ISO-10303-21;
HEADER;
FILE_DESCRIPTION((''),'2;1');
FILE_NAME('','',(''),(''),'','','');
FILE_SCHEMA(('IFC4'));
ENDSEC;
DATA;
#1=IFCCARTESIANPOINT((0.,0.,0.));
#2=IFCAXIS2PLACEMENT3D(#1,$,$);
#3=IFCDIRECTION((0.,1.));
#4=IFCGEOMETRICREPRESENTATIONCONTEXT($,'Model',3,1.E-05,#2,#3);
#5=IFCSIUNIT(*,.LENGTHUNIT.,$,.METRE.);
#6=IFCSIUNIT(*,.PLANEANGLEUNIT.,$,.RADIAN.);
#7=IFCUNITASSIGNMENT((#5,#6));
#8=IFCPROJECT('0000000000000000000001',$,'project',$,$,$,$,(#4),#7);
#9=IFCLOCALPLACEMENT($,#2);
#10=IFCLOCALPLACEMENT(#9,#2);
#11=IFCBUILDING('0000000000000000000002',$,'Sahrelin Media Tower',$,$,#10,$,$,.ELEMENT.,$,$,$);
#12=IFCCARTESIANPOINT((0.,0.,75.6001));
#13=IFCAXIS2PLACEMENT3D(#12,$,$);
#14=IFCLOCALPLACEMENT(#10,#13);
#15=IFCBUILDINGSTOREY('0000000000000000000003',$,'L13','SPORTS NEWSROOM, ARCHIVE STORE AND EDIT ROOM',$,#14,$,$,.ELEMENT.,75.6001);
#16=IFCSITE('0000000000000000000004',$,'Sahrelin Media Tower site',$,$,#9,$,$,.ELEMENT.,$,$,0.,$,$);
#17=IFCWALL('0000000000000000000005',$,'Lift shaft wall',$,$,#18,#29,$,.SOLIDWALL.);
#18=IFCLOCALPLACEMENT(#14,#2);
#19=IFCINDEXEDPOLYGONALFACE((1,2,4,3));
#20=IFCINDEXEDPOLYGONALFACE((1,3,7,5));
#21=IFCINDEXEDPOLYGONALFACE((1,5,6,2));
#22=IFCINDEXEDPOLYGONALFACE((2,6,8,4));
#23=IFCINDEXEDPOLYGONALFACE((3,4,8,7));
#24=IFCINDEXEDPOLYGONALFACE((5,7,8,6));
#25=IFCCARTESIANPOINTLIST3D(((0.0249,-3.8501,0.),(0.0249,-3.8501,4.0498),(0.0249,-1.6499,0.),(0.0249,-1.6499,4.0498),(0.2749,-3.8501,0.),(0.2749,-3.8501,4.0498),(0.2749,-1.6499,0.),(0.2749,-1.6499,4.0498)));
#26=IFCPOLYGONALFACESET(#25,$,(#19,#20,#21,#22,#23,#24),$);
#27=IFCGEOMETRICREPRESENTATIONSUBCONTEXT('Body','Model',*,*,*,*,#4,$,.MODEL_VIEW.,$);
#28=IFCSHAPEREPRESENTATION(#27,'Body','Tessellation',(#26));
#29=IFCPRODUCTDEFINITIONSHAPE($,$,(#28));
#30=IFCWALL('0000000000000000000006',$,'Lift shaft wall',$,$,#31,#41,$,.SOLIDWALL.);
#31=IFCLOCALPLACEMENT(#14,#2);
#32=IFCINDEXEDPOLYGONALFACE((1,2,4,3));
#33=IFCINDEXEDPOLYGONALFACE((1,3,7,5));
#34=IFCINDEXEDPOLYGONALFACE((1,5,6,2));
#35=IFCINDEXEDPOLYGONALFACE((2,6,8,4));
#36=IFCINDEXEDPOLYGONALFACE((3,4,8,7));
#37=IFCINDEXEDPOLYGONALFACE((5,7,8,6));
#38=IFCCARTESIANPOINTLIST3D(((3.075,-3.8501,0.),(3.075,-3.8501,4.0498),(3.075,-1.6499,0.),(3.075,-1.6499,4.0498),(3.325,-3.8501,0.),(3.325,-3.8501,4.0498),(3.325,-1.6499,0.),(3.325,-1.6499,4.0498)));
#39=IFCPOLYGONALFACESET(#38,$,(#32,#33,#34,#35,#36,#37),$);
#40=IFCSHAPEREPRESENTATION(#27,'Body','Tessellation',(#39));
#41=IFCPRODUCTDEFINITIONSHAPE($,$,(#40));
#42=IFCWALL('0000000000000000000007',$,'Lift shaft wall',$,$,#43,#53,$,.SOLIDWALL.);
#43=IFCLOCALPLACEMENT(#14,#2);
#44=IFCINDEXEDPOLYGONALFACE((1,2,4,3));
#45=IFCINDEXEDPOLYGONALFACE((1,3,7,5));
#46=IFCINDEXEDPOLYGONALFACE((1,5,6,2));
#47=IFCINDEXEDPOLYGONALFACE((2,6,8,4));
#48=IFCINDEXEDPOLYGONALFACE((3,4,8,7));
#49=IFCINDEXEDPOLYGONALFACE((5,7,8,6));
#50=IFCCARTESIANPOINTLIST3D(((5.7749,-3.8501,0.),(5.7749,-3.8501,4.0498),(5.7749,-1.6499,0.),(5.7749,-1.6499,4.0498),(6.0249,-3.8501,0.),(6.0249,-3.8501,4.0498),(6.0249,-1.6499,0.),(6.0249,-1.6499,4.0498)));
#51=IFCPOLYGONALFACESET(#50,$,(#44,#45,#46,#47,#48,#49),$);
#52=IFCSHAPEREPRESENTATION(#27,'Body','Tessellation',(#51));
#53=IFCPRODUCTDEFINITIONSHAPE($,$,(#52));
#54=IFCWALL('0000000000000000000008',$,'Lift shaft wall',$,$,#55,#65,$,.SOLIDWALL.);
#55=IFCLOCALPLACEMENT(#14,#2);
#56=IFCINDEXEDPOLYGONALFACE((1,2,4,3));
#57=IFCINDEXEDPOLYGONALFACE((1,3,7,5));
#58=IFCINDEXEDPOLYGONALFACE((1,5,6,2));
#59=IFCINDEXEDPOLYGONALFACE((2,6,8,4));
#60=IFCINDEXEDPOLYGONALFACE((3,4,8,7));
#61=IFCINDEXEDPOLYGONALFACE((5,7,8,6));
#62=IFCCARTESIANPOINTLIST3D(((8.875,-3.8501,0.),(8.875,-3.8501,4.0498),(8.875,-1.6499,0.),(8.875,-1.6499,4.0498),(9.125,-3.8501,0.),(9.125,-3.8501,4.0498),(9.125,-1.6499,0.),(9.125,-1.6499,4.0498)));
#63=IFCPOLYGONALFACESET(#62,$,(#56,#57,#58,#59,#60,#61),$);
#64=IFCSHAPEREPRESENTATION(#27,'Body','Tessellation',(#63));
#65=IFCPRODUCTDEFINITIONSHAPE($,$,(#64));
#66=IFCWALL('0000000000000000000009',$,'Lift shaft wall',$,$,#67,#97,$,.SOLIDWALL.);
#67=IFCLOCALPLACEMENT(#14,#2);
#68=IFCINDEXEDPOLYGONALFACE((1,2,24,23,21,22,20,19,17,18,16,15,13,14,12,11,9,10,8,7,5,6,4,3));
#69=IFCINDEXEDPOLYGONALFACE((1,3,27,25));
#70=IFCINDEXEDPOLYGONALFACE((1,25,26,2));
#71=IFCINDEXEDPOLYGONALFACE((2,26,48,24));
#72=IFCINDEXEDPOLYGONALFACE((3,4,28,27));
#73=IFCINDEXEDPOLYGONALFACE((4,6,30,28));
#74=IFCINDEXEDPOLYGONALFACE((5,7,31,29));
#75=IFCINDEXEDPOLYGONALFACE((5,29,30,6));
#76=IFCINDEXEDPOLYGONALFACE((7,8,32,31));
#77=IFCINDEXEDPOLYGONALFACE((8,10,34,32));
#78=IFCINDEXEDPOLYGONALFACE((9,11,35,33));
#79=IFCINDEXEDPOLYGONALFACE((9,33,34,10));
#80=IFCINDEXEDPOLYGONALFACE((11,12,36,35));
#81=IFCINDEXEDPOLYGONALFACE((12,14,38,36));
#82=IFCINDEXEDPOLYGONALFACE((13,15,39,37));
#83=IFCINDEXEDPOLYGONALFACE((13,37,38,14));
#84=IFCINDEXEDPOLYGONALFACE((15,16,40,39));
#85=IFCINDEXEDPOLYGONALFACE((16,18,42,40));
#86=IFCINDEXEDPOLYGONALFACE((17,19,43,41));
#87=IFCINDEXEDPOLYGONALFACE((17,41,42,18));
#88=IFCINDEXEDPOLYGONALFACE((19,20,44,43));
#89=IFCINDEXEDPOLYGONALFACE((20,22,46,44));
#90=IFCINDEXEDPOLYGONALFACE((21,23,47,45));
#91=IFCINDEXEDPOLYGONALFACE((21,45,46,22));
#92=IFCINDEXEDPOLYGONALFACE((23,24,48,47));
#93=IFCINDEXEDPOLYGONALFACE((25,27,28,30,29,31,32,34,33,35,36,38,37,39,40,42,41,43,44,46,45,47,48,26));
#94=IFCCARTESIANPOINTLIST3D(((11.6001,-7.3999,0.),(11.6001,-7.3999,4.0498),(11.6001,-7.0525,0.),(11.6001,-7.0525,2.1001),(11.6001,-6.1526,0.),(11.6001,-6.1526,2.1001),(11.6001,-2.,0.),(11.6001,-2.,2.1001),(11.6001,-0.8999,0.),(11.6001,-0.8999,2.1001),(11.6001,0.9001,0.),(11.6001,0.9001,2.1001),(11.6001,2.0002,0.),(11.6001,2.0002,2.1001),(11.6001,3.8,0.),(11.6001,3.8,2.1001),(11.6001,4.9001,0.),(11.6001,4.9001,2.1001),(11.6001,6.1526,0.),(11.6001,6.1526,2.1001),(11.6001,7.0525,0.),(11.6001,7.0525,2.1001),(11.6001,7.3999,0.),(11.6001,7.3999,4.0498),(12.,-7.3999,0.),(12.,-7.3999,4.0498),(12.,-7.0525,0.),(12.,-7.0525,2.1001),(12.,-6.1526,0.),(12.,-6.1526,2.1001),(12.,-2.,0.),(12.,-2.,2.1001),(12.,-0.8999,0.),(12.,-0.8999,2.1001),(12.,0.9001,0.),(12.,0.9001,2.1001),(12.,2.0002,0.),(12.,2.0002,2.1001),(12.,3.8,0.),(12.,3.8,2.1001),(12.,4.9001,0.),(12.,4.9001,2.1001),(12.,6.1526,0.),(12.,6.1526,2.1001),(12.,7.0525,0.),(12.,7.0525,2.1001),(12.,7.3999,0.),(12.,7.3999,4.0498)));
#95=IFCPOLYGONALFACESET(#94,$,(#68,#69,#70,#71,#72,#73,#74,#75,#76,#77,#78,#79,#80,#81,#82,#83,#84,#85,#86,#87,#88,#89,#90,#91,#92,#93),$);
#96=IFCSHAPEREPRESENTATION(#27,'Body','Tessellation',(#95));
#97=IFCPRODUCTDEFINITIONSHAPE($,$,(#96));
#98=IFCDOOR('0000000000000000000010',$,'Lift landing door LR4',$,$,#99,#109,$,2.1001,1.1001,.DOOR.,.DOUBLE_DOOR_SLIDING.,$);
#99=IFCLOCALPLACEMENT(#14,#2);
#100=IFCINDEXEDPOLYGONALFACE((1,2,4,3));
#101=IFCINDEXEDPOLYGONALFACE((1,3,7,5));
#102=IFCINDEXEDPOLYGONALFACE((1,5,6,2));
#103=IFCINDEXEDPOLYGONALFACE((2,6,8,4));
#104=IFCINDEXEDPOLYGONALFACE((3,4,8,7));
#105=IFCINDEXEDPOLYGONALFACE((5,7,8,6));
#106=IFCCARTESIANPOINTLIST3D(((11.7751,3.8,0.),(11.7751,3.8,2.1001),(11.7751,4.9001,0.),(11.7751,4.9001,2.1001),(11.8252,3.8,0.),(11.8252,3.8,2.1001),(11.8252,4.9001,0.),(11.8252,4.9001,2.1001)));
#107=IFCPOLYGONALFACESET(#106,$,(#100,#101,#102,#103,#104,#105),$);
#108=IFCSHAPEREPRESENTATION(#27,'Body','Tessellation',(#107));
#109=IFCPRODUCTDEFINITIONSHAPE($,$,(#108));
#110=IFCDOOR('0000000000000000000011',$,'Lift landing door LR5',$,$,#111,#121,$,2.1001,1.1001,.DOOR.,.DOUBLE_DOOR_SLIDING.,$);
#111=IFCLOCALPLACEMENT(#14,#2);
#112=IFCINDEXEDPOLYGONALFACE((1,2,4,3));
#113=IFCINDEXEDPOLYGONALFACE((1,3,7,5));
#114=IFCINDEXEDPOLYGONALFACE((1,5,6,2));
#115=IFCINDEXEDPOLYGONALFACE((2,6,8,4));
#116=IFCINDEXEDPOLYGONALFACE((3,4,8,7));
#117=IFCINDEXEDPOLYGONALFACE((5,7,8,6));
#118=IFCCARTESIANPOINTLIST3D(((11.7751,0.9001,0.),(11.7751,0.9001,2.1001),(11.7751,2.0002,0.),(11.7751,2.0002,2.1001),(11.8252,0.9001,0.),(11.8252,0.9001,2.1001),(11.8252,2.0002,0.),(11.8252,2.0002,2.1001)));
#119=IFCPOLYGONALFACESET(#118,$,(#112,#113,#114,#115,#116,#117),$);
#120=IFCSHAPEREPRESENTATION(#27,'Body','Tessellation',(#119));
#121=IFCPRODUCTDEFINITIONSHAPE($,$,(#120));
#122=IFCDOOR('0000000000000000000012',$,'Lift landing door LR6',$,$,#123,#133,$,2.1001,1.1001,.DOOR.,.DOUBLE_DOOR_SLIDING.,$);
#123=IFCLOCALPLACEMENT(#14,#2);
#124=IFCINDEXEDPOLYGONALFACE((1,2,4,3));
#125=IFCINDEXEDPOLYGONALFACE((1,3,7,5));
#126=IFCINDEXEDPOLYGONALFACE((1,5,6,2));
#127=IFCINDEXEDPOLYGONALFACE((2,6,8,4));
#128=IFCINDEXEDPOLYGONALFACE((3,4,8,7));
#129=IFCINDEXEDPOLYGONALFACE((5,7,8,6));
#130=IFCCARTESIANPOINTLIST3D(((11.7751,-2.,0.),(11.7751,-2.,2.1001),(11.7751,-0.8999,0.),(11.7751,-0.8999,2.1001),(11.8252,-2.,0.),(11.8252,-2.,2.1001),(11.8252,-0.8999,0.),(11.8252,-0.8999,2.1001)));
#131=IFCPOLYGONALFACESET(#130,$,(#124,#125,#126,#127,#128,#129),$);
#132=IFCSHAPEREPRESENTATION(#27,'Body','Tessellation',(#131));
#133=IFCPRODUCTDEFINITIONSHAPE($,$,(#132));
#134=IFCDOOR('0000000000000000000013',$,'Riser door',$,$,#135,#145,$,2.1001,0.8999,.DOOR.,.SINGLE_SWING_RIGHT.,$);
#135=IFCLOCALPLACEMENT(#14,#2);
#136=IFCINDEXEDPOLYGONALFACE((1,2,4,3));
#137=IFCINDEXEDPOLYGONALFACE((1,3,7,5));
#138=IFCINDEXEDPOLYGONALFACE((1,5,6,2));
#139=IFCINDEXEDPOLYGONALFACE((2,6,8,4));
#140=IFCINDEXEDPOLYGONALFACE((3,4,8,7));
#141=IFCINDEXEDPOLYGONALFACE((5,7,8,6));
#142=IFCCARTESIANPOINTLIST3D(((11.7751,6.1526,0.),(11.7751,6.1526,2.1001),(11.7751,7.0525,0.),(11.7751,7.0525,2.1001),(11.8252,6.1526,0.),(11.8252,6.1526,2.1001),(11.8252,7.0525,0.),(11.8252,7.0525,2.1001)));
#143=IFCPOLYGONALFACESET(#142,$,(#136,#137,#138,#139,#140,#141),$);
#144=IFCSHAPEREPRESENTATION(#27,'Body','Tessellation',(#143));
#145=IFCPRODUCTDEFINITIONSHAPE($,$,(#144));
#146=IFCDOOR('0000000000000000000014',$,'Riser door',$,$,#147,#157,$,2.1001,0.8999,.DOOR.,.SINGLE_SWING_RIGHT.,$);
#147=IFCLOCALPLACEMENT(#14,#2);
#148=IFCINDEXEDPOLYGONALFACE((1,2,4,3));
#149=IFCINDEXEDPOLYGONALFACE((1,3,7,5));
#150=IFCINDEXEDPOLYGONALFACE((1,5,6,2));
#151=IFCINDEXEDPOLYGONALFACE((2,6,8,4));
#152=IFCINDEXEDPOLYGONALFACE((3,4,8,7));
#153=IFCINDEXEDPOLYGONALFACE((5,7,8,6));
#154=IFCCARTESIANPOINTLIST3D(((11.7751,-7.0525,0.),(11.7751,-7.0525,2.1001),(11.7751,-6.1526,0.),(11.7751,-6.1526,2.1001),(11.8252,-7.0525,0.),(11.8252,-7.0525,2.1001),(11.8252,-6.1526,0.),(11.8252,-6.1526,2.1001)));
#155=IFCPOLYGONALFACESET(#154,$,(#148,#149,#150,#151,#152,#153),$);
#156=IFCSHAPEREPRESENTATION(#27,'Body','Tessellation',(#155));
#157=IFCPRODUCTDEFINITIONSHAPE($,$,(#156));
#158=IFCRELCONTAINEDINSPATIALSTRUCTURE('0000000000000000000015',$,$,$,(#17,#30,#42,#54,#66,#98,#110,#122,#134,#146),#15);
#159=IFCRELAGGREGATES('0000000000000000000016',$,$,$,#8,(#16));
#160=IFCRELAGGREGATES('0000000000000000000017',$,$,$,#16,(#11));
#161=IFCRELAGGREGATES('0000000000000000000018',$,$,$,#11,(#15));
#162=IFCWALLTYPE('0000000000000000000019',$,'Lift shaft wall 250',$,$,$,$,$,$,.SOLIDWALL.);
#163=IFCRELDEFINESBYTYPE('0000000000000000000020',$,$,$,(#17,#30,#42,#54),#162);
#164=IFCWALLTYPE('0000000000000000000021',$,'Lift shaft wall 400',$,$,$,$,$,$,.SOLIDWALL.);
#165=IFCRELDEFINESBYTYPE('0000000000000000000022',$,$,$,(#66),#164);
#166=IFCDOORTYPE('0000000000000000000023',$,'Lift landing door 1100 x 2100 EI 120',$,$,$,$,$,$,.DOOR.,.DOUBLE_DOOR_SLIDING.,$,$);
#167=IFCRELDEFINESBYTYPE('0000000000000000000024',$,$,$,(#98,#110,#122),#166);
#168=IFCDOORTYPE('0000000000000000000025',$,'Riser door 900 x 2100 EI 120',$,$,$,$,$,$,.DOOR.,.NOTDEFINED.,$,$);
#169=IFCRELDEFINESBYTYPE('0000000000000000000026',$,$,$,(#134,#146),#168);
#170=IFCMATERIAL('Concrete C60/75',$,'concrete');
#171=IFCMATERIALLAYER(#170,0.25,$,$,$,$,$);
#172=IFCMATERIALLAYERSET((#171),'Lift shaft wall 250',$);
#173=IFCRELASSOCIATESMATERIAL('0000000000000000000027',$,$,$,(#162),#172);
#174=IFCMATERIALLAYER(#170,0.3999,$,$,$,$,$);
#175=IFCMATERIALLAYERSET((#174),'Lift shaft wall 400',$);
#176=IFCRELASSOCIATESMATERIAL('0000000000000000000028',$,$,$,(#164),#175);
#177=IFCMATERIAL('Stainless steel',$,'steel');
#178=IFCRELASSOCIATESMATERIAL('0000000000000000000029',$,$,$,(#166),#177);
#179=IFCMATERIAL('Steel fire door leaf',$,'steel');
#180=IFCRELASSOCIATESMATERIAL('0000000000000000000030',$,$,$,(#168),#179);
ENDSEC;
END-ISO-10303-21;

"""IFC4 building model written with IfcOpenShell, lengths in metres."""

from ifc_helpers import new_model, si_unit, direction, frame, frame_2d, origin, place, context, subcontext, project, spatial, rectangle, extrude, material, layer, layer_set, type_object, element, fill, save


model = new_model("IFC4")

# Units and contexts
model_context = context("Model", 3, precision=1e-05, world=origin(), true_north=direction((0.0, 1.0)))
body_context = subcontext(model_context, "Body", "Model", "MODEL_VIEW")
ifc_project = project(units=[si_unit("LENGTHUNIT", "METRE"), si_unit("PLANEANGLEUNIT", "RADIAN")], contexts=[model_context])

# Site, building, storey
site_placement = place(None, origin())
site = spatial("IfcSite", under=ifc_project, at=site_placement, Name="Sahrelin Media Tower site", CompositionType="ELEMENT", RefElevation=0.0)
building_placement = place(site_placement, origin())
building = spatial("IfcBuilding", under=site, at=building_placement, Name="Sahrelin Media Tower", CompositionType="ELEMENT")
storey_placement = place(building_placement, frame((0.0, 0.0, 75.6001)))
storey = spatial("IfcBuildingStorey", under=building, at=storey_placement, Name="L13", Description="SPORTS NEWSROOM, ARCHIVE STORE AND EDIT ROOM", CompositionType="ELEMENT", Elevation=75.6001)

# Walls
ifc_material_1 = material(Name="Concrete C60/75", Category="concrete")
ifc_layer_1 = layer(ifc_material_1, 0.25)
ifc_layer_set_1 = layer_set([ifc_layer_1], Name="Lift shaft wall 250")
wall_type_1 = type_object("IfcWallType", Name="Lift shaft wall 250", PredefinedType="SOLIDWALL", material=ifc_layer_set_1)
for number, where, z_axis, x_axis, name in (
    (1, (0.1499, -3.8501, 0.0), (0.0, 0.0, 1.0), (0.0, 1.0, 0.0), "Lift shaft wall"),
    (2, (3.2, -3.8501, 0.0), (0.0, 0.0, 1.0), (0.0, 1.0, 0.0), "Lift shaft wall"),
    (3, (5.8999, -3.8501, 0.0), (0.0, 0.0, 1.0), (0.0, 1.0, 0.0), "Lift shaft wall"),
    (4, (9.0, -3.8501, 0.0), (0.0, 0.0, 1.0), (0.0, 1.0, 0.0), "Lift shaft wall"),
):
    element("IfcWall", number, at=place(storey_placement, frame(where, z_axis=z_axis, x_axis=x_axis)), inside=storey, type_object=wall_type_1, Name=name, PredefinedType="SOLIDWALL", context=body_context, shape_type="SweptSolid", body=[
        extrude(rectangle(XDim=2.2002, YDim=0.25, at=frame_2d((1.1001, 0.0))), origin(), (0.0, 0.0, 1.0), 4.0498),
    ])

# Wall, openings, doors
ifc_layer_2 = layer(ifc_material_1, 0.3999)
ifc_layer_set_2 = layer_set([ifc_layer_2], Name="Lift shaft wall 400")
wall_type_2 = type_object("IfcWallType", Name="Lift shaft wall 400", PredefinedType="SOLIDWALL", material=ifc_layer_set_2)
wall_1_placement = place(storey_placement, frame((11.8, -7.3999, 0.0), z_axis=(0.0, 0.0, 1.0), x_axis=(0.0, 1.0, 0.0)))
wall_1 = element("IfcWall", 5, at=wall_1_placement, inside=storey, type_object=wall_type_2, Name="Lift shaft wall", PredefinedType="SOLIDWALL", context=body_context, shape_type="SweptSolid", body=[
    extrude(rectangle(XDim=14.7998, YDim=0.3999, at=frame_2d((7.3999, 0.0))), origin(), (0.0, 0.0, 1.0), 4.0498),
])
opening_1_placement = place(wall_1_placement, frame((11.2, 0.0, 0.0)))
opening_1 = element("IfcOpeningElement", 6, at=opening_1_placement, cuts=wall_1, PredefinedType="OPENING", context=body_context, shape_type="SweptSolid", body=[
    extrude(rectangle(XDim=1.1001, YDim=2.1001, at=frame_2d((0.55, 1.05))), frame((0.0, 0.2, 0.0), z_axis=(0.0, -1.0, 0.0), x_axis=(1.0, 0.0, 0.0)), (0.0, 0.0, 1.0), 0.3999),
])
opening_2_placement = place(wall_1_placement, frame((8.3, 0.0, 0.0)))
opening_2 = element("IfcOpeningElement", 7, at=opening_2_placement, cuts=wall_1, PredefinedType="OPENING", context=body_context, shape_type="SweptSolid", body=[
    extrude(rectangle(XDim=1.1001, YDim=2.1001, at=frame_2d((0.55, 1.05))), frame((0.0, 0.2, 0.0), z_axis=(0.0, -1.0, 0.0), x_axis=(1.0, 0.0, 0.0)), (0.0, 0.0, 1.0), 0.3999),
])
opening_3_placement = place(wall_1_placement, frame((5.3999, 0.0, 0.0)))
opening_3 = element("IfcOpeningElement", 8, at=opening_3_placement, cuts=wall_1, PredefinedType="OPENING", context=body_context, shape_type="SweptSolid", body=[
    extrude(rectangle(XDim=1.1001, YDim=2.1001, at=frame_2d((0.55, 1.05))), frame((0.0, 0.2, 0.0), z_axis=(0.0, -1.0, 0.0), x_axis=(1.0, 0.0, 0.0)), (0.0, 0.0, 1.0), 0.3999),
])
opening_4_placement = place(wall_1_placement, frame((13.5525, 0.0, 0.0)))
opening_4 = element("IfcOpeningElement", 9, at=opening_4_placement, cuts=wall_1, PredefinedType="OPENING", context=body_context, shape_type="SweptSolid", body=[
    extrude(rectangle(XDim=0.8999, YDim=2.1001, at=frame_2d((0.45, 1.05))), frame((0.0, 0.2, 0.0), z_axis=(0.0, -1.0, 0.0), x_axis=(1.0, 0.0, 0.0)), (0.0, 0.0, 1.0), 0.3999),
])
opening_5_placement = place(wall_1_placement, frame((0.3474, 0.0, 0.0)))
opening_5 = element("IfcOpeningElement", 10, at=opening_5_placement, cuts=wall_1, PredefinedType="OPENING", context=body_context, shape_type="SweptSolid", body=[
    extrude(rectangle(XDim=0.8999, YDim=2.1001, at=frame_2d((0.45, 1.05))), frame((0.0, 0.2, 0.0), z_axis=(0.0, -1.0, 0.0), x_axis=(1.0, 0.0, 0.0)), (0.0, 0.0, 1.0), 0.3999),
])
ifc_material_2 = material(Name="Stainless steel", Category="steel")
door_type_1 = type_object("IfcDoorType", Name="Lift landing door 1100 x 2100 EI 120", OperationType="DOUBLE_DOOR_SLIDING", PredefinedType="DOOR", material=ifc_material_2)
door_1_placement = place(opening_1_placement, origin())
door_1 = element("IfcDoor", 11, at=door_1_placement, inside=storey, type_object=door_type_1, Name="Lift landing door LR4", OperationType="DOUBLE_DOOR_SLIDING", OverallHeight=2.1001, OverallWidth=1.1001, PredefinedType="DOOR", context=body_context, shape_type="SweptSolid", body=[
    extrude(rectangle(XDim=1.1001, YDim=2.1001, at=frame_2d((0.55, 1.05))), frame((0.0, 0.0249, 0.0), z_axis=(0.0, -1.0, 0.0), x_axis=(1.0, 0.0, 0.0)), (0.0, 0.0, 1.0), 0.05),
])
fill(opening_1, door_1)
door_2_placement = place(opening_2_placement, origin())
door_2 = element("IfcDoor", 12, at=door_2_placement, inside=storey, type_object=door_type_1, Name="Lift landing door LR5", OperationType="DOUBLE_DOOR_SLIDING", OverallHeight=2.1001, OverallWidth=1.1001, PredefinedType="DOOR", context=body_context, shape_type="SweptSolid", body=[
    extrude(rectangle(XDim=1.1001, YDim=2.1001, at=frame_2d((0.55, 1.05))), frame((0.0, 0.0249, 0.0), z_axis=(0.0, -1.0, 0.0), x_axis=(1.0, 0.0, 0.0)), (0.0, 0.0, 1.0), 0.05),
])
fill(opening_2, door_2)
door_3_placement = place(opening_3_placement, origin())
door_3 = element("IfcDoor", 13, at=door_3_placement, inside=storey, type_object=door_type_1, Name="Lift landing door LR6", OperationType="DOUBLE_DOOR_SLIDING", OverallHeight=2.1001, OverallWidth=1.1001, PredefinedType="DOOR", context=body_context, shape_type="SweptSolid", body=[
    extrude(rectangle(XDim=1.1001, YDim=2.1001, at=frame_2d((0.55, 1.05))), frame((0.0, 0.0249, 0.0), z_axis=(0.0, -1.0, 0.0), x_axis=(1.0, 0.0, 0.0)), (0.0, 0.0, 1.0), 0.05),
])
fill(opening_3, door_3)
ifc_material_3 = material(Name="Steel fire door leaf", Category="steel")
door_type_2 = type_object("IfcDoorType", Name="Riser door 900 x 2100 EI 120", OperationType="NOTDEFINED", PredefinedType="DOOR", material=ifc_material_3)
door_4_placement = place(opening_4_placement, origin())
door_4 = element("IfcDoor", 14, at=door_4_placement, inside=storey, type_object=door_type_2, Name="Riser door", OperationType="SINGLE_SWING_RIGHT", OverallHeight=2.1001, OverallWidth=0.8999, PredefinedType="DOOR", context=body_context, shape_type="SweptSolid", body=[
    extrude(rectangle(XDim=0.8999, YDim=2.1001, at=frame_2d((0.45, 1.05))), frame((0.0, 0.0249, 0.0), z_axis=(0.0, -1.0, 0.0), x_axis=(1.0, 0.0, 0.0)), (0.0, 0.0, 1.0), 0.05),
])
fill(opening_4, door_4)
door_5_placement = place(opening_5_placement, origin())
door_5 = element("IfcDoor", 15, at=door_5_placement, inside=storey, type_object=door_type_2, Name="Riser door", OperationType="SINGLE_SWING_RIGHT", OverallHeight=2.1001, OverallWidth=0.8999, PredefinedType="DOOR", context=body_context, shape_type="SweptSolid", body=[
    extrude(rectangle(XDim=0.8999, YDim=2.1001, at=frame_2d((0.45, 1.05))), frame((0.0, 0.0249, 0.0), z_axis=(0.0, -1.0, 0.0), x_axis=(1.0, 0.0, 0.0)), (0.0, 0.0, 1.0), 0.05),
])
fill(opening_5, door_5)

save(model, "model.ifc")
